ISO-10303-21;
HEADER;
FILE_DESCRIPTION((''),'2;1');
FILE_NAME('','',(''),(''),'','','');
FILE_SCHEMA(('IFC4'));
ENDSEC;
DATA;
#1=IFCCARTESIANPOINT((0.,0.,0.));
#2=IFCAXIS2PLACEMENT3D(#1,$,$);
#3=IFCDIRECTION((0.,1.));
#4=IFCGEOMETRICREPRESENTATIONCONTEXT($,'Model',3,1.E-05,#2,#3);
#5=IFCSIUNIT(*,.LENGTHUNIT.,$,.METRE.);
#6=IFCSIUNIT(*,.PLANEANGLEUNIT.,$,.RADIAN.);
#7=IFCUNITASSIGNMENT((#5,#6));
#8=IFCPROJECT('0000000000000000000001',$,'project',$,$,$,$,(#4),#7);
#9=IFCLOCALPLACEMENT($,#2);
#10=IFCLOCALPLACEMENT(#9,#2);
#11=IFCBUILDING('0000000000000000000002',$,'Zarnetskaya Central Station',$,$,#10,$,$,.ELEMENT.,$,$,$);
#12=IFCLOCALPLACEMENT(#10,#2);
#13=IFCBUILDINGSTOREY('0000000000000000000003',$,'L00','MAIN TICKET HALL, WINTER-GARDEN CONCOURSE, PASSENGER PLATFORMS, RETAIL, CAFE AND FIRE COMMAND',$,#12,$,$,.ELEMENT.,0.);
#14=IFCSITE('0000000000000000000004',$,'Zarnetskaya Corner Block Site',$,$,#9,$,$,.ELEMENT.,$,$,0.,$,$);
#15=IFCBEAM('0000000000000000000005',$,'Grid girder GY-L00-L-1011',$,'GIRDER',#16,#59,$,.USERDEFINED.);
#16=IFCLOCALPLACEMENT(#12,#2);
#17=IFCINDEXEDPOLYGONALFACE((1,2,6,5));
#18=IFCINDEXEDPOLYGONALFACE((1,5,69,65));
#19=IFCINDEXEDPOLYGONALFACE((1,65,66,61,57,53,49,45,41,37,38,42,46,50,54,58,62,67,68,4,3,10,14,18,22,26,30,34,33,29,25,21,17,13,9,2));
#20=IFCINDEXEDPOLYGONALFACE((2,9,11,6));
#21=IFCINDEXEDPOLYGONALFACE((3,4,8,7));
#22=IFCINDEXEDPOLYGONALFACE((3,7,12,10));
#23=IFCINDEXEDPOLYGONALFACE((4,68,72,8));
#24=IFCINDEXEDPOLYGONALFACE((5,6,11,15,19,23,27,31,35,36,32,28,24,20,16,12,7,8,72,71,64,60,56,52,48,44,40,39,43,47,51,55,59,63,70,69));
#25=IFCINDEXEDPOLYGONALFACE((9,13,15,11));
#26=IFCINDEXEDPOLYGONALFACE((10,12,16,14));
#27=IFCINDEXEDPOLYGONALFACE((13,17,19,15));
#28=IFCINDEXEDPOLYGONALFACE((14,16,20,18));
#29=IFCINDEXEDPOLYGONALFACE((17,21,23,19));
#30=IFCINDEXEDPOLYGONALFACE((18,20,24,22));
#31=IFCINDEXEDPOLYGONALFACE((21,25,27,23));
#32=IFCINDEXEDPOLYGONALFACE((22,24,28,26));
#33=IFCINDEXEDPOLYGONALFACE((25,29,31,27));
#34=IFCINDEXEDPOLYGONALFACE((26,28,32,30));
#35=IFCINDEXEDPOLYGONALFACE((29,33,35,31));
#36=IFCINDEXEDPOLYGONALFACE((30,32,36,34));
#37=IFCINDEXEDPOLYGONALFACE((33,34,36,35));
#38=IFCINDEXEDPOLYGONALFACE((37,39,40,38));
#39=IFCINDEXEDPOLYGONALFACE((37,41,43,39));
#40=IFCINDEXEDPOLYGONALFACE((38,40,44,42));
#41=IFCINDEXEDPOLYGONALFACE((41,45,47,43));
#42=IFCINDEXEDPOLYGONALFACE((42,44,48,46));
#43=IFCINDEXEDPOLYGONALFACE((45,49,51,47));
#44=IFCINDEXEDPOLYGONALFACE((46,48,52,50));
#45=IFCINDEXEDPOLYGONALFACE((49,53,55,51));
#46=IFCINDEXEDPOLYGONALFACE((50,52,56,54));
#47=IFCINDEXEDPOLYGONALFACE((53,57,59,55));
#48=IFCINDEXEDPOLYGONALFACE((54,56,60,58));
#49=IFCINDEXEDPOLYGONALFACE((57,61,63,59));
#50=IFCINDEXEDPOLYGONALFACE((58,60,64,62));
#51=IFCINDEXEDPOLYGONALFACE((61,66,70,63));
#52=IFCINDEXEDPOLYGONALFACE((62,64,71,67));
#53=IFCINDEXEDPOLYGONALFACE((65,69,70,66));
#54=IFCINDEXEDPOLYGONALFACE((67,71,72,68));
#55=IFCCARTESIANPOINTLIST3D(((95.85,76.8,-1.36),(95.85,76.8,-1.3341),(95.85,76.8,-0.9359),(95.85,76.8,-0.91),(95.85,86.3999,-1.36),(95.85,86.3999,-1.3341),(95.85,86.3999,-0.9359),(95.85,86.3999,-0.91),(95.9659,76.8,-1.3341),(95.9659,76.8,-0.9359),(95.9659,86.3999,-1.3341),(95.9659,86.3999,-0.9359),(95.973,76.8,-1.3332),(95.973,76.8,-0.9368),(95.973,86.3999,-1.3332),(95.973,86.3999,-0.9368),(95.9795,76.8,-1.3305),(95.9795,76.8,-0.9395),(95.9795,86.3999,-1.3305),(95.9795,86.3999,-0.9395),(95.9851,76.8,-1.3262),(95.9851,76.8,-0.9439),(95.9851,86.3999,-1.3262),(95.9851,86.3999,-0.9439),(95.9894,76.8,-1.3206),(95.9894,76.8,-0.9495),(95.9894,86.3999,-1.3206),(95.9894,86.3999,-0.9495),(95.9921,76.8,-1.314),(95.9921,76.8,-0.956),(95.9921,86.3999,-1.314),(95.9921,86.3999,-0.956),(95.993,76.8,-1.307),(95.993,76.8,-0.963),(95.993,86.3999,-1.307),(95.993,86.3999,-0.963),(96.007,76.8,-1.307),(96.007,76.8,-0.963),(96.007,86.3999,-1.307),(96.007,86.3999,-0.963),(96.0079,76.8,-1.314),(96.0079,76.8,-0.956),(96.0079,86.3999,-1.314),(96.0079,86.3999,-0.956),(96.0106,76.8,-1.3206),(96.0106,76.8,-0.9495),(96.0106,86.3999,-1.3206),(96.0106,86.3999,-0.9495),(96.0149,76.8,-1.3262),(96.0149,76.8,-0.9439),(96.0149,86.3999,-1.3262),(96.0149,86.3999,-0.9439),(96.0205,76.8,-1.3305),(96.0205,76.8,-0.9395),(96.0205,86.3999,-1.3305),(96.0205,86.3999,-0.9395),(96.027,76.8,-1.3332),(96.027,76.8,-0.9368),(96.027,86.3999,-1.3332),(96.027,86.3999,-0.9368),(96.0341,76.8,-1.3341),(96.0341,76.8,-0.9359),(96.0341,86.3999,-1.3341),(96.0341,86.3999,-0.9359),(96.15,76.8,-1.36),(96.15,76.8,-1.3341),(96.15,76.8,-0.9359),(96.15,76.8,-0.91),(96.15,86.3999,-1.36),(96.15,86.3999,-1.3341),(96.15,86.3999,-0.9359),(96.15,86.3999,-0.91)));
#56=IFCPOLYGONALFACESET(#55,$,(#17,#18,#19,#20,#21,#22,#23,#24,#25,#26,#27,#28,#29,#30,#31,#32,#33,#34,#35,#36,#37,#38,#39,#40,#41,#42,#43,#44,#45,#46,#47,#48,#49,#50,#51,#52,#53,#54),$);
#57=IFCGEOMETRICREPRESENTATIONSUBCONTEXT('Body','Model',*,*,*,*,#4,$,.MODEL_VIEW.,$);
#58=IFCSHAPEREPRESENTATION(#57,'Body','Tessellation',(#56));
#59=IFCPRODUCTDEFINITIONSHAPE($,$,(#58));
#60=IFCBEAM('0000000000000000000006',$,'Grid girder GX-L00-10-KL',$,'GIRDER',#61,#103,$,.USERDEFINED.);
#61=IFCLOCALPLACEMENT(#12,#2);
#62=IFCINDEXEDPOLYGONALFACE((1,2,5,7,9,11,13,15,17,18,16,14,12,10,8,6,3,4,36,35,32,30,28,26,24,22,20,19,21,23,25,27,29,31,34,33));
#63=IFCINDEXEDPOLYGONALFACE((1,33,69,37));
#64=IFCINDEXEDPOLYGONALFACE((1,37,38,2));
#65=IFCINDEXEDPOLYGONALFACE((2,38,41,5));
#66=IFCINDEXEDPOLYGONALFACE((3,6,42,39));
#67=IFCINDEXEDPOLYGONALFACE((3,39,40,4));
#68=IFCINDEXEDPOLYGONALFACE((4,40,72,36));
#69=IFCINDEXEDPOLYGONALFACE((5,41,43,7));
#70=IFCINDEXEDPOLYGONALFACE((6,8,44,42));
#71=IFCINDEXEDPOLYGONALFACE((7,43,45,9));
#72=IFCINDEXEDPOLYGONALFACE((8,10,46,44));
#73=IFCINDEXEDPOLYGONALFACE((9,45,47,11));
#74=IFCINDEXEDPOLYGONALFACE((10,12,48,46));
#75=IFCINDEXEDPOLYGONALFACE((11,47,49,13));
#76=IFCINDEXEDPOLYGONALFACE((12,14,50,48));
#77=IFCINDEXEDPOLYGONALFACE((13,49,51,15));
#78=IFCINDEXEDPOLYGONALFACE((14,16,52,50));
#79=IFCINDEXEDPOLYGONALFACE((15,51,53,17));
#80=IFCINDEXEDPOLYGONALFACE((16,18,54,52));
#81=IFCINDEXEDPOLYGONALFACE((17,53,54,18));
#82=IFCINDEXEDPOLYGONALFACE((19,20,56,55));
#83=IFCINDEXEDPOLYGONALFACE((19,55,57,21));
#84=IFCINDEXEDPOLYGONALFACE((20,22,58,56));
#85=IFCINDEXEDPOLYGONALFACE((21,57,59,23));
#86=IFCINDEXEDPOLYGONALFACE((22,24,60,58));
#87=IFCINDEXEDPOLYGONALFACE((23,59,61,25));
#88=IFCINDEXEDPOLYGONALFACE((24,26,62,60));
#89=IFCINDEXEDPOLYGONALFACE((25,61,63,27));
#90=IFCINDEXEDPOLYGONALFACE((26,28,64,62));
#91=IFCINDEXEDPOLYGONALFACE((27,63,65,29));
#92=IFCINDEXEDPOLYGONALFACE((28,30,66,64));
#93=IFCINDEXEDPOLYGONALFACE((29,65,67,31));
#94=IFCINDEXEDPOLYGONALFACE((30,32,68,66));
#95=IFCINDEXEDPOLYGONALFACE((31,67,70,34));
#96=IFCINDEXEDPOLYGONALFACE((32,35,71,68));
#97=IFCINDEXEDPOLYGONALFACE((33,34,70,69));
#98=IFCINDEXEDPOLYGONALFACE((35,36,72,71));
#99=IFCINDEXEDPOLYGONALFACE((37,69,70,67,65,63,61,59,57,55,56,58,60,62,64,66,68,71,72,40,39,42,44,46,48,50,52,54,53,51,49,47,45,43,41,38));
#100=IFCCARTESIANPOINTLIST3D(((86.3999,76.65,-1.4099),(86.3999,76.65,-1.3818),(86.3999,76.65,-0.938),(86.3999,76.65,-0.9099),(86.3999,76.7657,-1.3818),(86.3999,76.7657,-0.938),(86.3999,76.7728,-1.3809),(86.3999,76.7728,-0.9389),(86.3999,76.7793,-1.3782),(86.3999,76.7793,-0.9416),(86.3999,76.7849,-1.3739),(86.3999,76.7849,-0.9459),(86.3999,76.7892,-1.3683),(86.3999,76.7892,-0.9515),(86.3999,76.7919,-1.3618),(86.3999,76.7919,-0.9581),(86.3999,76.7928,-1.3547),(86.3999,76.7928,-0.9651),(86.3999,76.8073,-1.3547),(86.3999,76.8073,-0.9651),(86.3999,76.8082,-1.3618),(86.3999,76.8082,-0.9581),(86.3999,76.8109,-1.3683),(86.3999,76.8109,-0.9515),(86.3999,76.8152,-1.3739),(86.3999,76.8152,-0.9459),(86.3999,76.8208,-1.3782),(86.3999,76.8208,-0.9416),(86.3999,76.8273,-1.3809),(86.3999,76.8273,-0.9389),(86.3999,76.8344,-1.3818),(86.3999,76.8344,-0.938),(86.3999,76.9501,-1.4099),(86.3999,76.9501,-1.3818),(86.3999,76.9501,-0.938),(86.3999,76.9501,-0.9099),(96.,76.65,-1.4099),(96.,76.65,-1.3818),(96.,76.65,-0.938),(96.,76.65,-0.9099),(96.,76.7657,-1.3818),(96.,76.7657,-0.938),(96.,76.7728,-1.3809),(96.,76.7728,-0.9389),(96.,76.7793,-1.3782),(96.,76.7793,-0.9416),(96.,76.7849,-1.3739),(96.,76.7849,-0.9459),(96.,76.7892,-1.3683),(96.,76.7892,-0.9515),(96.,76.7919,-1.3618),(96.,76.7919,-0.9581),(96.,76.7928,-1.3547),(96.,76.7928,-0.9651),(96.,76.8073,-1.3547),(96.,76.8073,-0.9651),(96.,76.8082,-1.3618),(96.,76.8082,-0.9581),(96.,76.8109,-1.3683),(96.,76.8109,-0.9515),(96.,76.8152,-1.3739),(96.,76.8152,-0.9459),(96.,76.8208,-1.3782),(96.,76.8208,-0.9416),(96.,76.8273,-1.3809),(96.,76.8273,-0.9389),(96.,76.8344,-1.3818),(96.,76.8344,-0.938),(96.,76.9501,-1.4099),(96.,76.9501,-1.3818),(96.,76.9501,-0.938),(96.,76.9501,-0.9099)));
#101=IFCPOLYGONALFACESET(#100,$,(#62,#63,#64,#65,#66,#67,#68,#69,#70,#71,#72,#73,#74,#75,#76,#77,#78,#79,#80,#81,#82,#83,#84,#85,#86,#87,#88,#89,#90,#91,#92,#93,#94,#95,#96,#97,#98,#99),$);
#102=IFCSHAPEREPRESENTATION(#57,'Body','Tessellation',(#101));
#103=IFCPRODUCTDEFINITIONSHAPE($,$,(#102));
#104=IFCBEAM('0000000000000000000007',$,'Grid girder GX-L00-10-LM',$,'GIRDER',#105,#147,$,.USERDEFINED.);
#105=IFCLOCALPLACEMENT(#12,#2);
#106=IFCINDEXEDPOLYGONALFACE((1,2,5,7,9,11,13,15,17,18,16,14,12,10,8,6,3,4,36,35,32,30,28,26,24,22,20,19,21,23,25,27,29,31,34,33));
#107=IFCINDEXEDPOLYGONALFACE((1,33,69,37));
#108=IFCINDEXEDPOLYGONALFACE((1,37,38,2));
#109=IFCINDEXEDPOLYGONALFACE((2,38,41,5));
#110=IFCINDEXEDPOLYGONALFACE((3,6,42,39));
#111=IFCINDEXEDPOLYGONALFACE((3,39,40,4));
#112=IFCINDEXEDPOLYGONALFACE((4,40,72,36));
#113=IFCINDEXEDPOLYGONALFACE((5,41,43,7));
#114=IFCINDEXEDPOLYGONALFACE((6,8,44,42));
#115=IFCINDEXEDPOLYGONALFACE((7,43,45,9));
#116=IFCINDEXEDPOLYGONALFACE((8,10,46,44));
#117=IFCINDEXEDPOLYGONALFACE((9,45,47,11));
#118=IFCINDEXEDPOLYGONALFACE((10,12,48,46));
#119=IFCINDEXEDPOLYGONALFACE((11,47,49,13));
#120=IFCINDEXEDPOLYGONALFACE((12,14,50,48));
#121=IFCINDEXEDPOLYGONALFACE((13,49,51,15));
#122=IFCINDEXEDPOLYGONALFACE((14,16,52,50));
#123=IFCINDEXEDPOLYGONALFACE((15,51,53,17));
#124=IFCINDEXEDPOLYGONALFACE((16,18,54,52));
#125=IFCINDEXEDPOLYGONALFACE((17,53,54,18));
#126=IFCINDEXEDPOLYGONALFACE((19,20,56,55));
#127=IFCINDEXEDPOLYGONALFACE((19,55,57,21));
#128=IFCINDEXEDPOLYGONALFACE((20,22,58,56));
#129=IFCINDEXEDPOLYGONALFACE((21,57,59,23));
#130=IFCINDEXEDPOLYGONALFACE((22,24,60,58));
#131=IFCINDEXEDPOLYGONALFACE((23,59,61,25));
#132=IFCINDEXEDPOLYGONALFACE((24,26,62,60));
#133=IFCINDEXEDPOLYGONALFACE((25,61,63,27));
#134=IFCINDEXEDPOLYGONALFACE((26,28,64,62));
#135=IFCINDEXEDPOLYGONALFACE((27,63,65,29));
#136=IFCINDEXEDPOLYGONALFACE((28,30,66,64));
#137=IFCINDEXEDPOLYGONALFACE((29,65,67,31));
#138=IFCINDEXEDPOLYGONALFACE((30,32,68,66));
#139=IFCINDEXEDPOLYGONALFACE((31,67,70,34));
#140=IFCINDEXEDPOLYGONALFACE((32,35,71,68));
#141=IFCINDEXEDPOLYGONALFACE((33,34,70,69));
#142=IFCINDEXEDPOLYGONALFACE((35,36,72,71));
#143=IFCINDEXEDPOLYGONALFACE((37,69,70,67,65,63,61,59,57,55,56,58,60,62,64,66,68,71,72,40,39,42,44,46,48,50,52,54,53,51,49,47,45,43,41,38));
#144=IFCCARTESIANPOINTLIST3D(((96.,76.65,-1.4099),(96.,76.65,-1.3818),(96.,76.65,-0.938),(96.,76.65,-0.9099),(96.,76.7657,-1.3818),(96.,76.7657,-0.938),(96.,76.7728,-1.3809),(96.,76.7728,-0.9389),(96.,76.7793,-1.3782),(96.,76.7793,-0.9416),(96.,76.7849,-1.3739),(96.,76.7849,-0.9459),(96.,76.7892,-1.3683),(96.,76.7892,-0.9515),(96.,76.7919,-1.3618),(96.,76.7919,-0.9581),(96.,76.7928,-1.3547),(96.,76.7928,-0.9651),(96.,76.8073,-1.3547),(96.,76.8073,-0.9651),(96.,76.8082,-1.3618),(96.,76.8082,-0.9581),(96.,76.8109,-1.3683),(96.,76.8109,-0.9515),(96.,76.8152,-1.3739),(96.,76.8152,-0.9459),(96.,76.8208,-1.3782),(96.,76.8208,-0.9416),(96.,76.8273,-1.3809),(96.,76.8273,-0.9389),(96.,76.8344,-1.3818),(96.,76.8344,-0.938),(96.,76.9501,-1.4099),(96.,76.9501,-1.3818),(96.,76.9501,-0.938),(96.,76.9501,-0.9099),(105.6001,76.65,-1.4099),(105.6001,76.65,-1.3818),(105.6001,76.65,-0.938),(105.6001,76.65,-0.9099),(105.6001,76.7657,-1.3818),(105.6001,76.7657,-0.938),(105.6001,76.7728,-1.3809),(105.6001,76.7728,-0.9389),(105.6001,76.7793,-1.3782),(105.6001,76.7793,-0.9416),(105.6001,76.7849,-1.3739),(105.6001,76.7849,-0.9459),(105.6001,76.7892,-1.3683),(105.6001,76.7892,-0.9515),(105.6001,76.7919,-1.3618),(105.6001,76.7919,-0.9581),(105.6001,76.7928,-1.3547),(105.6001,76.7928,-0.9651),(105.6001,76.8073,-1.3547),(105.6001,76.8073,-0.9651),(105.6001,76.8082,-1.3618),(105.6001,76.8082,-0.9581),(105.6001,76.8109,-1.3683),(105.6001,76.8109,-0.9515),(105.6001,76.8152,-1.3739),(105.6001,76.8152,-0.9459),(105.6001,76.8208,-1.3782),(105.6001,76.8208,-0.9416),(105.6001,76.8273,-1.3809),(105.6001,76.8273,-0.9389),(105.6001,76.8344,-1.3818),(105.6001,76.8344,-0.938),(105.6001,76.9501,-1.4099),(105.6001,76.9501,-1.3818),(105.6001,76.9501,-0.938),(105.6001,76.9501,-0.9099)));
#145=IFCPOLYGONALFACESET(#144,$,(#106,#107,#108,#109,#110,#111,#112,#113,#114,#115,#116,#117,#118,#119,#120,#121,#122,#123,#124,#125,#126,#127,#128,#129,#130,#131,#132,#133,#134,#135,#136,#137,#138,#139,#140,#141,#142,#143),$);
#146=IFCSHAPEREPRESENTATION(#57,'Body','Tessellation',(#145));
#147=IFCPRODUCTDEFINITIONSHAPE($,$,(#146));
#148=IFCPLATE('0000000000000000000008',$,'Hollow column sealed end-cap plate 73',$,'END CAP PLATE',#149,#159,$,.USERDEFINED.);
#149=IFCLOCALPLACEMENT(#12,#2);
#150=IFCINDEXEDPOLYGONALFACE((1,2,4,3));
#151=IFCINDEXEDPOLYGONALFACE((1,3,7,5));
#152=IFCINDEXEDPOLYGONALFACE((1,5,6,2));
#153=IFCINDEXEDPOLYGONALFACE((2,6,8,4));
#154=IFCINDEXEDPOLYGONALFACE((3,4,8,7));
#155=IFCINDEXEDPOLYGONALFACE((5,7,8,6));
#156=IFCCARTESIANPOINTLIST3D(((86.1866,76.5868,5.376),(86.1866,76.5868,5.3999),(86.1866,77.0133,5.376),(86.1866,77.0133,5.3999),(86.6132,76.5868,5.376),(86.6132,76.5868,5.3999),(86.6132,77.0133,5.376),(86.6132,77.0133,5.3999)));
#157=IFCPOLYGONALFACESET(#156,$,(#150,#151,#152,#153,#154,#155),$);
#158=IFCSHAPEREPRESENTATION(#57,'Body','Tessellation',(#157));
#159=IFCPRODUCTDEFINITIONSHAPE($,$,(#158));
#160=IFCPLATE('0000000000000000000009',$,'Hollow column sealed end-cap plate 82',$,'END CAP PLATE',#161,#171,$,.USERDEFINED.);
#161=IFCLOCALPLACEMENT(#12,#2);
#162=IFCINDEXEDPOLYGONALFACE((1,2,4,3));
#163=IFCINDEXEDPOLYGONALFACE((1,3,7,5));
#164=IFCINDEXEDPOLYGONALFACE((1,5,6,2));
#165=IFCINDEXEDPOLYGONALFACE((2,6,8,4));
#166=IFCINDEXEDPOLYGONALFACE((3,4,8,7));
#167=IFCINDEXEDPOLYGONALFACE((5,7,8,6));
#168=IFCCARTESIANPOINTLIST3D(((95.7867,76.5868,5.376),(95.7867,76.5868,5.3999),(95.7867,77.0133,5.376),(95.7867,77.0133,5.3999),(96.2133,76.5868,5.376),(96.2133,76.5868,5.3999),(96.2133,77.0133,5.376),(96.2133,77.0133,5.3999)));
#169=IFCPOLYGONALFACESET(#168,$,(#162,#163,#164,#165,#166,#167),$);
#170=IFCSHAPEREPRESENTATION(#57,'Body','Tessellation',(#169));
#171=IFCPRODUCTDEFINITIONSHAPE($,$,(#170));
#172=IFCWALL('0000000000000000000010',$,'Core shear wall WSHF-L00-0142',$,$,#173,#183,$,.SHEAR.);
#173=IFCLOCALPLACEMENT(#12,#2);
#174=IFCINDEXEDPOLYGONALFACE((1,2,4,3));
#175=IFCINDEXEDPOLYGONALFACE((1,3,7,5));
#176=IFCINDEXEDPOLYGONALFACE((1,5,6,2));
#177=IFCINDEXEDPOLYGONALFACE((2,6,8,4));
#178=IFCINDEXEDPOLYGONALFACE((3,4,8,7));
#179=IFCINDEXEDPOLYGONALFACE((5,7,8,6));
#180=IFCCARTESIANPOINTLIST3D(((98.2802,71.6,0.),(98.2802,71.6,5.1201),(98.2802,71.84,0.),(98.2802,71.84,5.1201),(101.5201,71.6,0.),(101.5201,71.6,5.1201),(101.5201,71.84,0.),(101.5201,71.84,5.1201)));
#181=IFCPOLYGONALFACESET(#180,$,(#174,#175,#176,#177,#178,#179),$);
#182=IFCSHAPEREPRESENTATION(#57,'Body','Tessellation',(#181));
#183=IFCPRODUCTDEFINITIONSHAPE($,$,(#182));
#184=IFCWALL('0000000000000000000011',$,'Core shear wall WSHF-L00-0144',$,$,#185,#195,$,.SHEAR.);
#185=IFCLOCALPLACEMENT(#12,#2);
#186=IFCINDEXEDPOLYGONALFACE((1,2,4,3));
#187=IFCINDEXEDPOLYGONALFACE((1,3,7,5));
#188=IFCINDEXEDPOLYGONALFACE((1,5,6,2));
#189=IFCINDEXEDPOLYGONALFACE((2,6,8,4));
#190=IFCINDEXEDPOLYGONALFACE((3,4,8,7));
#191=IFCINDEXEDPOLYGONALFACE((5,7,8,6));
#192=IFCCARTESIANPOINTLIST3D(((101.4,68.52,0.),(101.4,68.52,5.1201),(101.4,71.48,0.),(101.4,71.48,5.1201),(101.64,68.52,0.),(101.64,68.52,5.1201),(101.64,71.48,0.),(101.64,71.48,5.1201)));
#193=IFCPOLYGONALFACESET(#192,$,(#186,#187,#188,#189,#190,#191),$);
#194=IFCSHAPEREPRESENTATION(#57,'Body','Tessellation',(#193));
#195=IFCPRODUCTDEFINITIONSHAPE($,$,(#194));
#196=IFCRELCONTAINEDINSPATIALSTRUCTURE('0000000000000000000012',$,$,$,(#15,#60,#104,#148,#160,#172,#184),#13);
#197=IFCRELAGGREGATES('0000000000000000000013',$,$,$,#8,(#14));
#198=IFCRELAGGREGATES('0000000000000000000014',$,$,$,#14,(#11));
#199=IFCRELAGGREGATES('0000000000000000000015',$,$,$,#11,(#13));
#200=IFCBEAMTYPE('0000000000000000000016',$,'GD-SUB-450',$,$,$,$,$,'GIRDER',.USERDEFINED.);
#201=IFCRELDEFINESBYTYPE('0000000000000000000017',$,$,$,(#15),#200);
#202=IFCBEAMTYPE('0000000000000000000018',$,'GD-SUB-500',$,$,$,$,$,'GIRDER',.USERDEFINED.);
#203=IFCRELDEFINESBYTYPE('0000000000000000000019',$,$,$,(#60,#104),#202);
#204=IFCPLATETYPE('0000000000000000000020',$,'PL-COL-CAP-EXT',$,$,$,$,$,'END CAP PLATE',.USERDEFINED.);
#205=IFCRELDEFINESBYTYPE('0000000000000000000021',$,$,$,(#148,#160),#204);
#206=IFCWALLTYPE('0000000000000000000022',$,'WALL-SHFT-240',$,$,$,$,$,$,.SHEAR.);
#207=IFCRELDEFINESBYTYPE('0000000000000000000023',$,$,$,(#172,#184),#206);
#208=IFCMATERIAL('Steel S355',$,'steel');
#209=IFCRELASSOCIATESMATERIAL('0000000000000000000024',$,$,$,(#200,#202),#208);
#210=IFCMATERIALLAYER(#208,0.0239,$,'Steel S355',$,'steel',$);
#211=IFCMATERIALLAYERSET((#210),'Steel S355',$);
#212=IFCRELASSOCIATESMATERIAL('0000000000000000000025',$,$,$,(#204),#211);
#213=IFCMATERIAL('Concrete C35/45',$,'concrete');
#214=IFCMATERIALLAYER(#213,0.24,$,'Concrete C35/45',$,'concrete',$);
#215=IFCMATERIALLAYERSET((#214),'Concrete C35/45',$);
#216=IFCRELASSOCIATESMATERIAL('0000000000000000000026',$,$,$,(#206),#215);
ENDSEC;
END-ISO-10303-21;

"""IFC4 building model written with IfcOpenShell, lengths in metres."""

from ifc_helpers import new_model, si_unit, direction, frame, frame_2d, origin, origin_2d, place, context, subcontext, project, spatial, rectangle, i_section, extrude, material, layer, layer_set, material_profile, profile_set, type_object, element, save


model = new_model("IFC4")

# Units and contexts
model_context = context("Model", 3, precision=1e-05, world=origin(), true_north=direction((0.0, 1.0)))
body_context = subcontext(model_context, "Body", "Model", "MODEL_VIEW")
ifc_project = project(units=[si_unit("LENGTHUNIT", "METRE"), si_unit("PLANEANGLEUNIT", "RADIAN")], contexts=[model_context])

# Site, building, storey
site_placement = place(None, origin())
site = spatial("IfcSite", under=ifc_project, at=site_placement, Name="Zarnetskaya Corner Block Site", CompositionType="ELEMENT", RefElevation=0.0)
building_placement = place(site_placement, origin())
building = spatial("IfcBuilding", under=site, at=building_placement, Name="Zarnetskaya Central Station", CompositionType="ELEMENT")
storey_placement = place(building_placement, origin())
storey = spatial("IfcBuildingStorey", under=building, at=storey_placement, Name="L00", Description="MAIN TICKET HALL, WINTER-GARDEN CONCOURSE, PASSENGER PLATFORMS, RETAIL, CAFE AND FIRE COMMAND", CompositionType="ELEMENT", Elevation=0.0)

# Shared definitions
ifc_material_1 = material(Name="Steel S355", Category="steel")

# Beams
ifc_material_profile_1 = material_profile(ifc_material_1, i_section(OverallWidth=0.3, OverallDepth=0.45, WebThickness=0.0139, FlangeThickness=0.0259, FilletRadius=0.0271, at=origin_2d()), Name="HEB 450")
ifc_profile_set_1 = profile_set([ifc_material_profile_1], Name="Steel S355")
beam_type_1 = type_object("IfcBeamType", Name="GD-SUB-450", ElementType="GIRDER", PredefinedType="USERDEFINED", material=ifc_profile_set_1)
for number, where, z_axis, x_axis, name in (
    (1, (96.0, 76.8, -1.135), (0.0, 1.0, 0.0), (-1.0, 0.0, 0.0), "Grid girder GY-L00-L-1011"),
):
    element("IfcBeam", number, at=place(storey_placement, frame(where, z_axis=z_axis, x_axis=x_axis)), inside=storey, type_object=beam_type_1, Name=name, ObjectType="GIRDER", PredefinedType="USERDEFINED", context=body_context, shape_type="SweptSolid", body=[
        extrude(i_section(OverallWidth=0.3, OverallDepth=0.45, WebThickness=0.0139, FlangeThickness=0.0259, FilletRadius=0.0271, at=origin_2d()), origin(), (0.0, 0.0, 1.0), 9.5999),
    ])
ifc_material_profile_2 = material_profile(ifc_material_1, i_section(OverallWidth=0.3, OverallDepth=0.5, WebThickness=0.0144, FlangeThickness=0.0281, FilletRadius=0.0271, at=origin_2d()), Name="HEB 500")
ifc_profile_set_2 = profile_set([ifc_material_profile_2], Name="Steel S355")
beam_type_2 = type_object("IfcBeamType", Name="GD-SUB-500", ElementType="GIRDER", PredefinedType="USERDEFINED", material=ifc_profile_set_2)
for number, where, z_axis, x_axis, name in (
    (2, (86.3999, 76.8, -1.1599), (1.0, 0.0, 0.0), (0.0, 1.0, 0.0), "Grid girder GX-L00-10-KL"),
    (3, (96.0, 76.8, -1.1599), (1.0, 0.0, 0.0), (0.0, 1.0, 0.0), "Grid girder GX-L00-10-LM"),
):
    element("IfcBeam", number, at=place(storey_placement, frame(where, z_axis=z_axis, x_axis=x_axis)), inside=storey, type_object=beam_type_2, Name=name, ObjectType="GIRDER", PredefinedType="USERDEFINED", context=body_context, shape_type="SweptSolid", body=[
        extrude(i_section(OverallWidth=0.3, OverallDepth=0.5, WebThickness=0.0144, FlangeThickness=0.0281, FilletRadius=0.0271, at=origin_2d()), origin(), (0.0, 0.0, 1.0), 9.6001),
    ])

# Plates
ifc_layer_1 = layer(ifc_material_1, 0.0239, Name="Steel S355", Category="steel")
ifc_layer_set_1 = layer_set([ifc_layer_1], Name="Steel S355")
plate_type = type_object("IfcPlateType", Name="PL-COL-CAP-EXT", ElementType="END CAP PLATE", PredefinedType="USERDEFINED", material=ifc_layer_set_1)
for number, where, z_axis, x_axis, name in (
    (4, (86.3999, 76.8, 5.376), (0.0, 0.0, 1.0), (1.0, 0.0, 0.0), "Hollow column sealed end-cap plate 73"),
    (5, (96.0, 76.8, 5.376), (0.0, 0.0, 1.0), (1.0, 0.0, 0.0), "Hollow column sealed end-cap plate 82"),
):
    element("IfcPlate", number, at=place(storey_placement, frame(where, z_axis=z_axis, x_axis=x_axis)), inside=storey, type_object=plate_type, Name=name, ObjectType="END CAP PLATE", PredefinedType="USERDEFINED", context=body_context, shape_type="SweptSolid", body=[
        extrude(rectangle(XDim=0.4265, YDim=0.4265, at=origin_2d()), origin(), (0.0, 0.0, 1.0), 0.0239),
    ])

# Walls
ifc_material_2 = material(Name="Concrete C35/45", Category="concrete")
ifc_layer_2 = layer(ifc_material_2, 0.24, Name="Concrete C35/45", Category="concrete")
ifc_layer_set_2 = layer_set([ifc_layer_2], Name="Concrete C35/45")
wall_type = type_object("IfcWallType", Name="WALL-SHFT-240", PredefinedType="SHEAR", material=ifc_layer_set_2)
wall_1_placement = place(storey_placement, frame((98.28, 71.72, 0.0), z_axis=(0.0, 0.0, 1.0), x_axis=(1.0, 0.0, 0.0)))
element("IfcWall", 6, at=wall_1_placement, inside=storey, type_object=wall_type, Name="Core shear wall WSHF-L00-0142", PredefinedType="SHEAR", context=body_context, shape_type="SweptSolid", body=[
    extrude(rectangle(XDim=3.24, YDim=0.24, at=frame_2d((1.6201, 0.0))), origin(), (0.0, 0.0, 1.0), 5.1201),
])
wall_2_placement = place(storey_placement, frame((101.52, 71.48, 0.0), z_axis=(0.0, 0.0, 1.0), x_axis=(0.0, -1.0, 0.0)))
element("IfcWall", 7, at=wall_2_placement, inside=storey, type_object=wall_type, Name="Core shear wall WSHF-L00-0144", PredefinedType="SHEAR", context=body_context, shape_type="SweptSolid", body=[
    extrude(rectangle(XDim=2.96, YDim=0.24, at=frame_2d((1.48, 0.0))), origin(), (0.0, 0.0, 1.0), 5.1201),
])

save(model, "model.ifc")
